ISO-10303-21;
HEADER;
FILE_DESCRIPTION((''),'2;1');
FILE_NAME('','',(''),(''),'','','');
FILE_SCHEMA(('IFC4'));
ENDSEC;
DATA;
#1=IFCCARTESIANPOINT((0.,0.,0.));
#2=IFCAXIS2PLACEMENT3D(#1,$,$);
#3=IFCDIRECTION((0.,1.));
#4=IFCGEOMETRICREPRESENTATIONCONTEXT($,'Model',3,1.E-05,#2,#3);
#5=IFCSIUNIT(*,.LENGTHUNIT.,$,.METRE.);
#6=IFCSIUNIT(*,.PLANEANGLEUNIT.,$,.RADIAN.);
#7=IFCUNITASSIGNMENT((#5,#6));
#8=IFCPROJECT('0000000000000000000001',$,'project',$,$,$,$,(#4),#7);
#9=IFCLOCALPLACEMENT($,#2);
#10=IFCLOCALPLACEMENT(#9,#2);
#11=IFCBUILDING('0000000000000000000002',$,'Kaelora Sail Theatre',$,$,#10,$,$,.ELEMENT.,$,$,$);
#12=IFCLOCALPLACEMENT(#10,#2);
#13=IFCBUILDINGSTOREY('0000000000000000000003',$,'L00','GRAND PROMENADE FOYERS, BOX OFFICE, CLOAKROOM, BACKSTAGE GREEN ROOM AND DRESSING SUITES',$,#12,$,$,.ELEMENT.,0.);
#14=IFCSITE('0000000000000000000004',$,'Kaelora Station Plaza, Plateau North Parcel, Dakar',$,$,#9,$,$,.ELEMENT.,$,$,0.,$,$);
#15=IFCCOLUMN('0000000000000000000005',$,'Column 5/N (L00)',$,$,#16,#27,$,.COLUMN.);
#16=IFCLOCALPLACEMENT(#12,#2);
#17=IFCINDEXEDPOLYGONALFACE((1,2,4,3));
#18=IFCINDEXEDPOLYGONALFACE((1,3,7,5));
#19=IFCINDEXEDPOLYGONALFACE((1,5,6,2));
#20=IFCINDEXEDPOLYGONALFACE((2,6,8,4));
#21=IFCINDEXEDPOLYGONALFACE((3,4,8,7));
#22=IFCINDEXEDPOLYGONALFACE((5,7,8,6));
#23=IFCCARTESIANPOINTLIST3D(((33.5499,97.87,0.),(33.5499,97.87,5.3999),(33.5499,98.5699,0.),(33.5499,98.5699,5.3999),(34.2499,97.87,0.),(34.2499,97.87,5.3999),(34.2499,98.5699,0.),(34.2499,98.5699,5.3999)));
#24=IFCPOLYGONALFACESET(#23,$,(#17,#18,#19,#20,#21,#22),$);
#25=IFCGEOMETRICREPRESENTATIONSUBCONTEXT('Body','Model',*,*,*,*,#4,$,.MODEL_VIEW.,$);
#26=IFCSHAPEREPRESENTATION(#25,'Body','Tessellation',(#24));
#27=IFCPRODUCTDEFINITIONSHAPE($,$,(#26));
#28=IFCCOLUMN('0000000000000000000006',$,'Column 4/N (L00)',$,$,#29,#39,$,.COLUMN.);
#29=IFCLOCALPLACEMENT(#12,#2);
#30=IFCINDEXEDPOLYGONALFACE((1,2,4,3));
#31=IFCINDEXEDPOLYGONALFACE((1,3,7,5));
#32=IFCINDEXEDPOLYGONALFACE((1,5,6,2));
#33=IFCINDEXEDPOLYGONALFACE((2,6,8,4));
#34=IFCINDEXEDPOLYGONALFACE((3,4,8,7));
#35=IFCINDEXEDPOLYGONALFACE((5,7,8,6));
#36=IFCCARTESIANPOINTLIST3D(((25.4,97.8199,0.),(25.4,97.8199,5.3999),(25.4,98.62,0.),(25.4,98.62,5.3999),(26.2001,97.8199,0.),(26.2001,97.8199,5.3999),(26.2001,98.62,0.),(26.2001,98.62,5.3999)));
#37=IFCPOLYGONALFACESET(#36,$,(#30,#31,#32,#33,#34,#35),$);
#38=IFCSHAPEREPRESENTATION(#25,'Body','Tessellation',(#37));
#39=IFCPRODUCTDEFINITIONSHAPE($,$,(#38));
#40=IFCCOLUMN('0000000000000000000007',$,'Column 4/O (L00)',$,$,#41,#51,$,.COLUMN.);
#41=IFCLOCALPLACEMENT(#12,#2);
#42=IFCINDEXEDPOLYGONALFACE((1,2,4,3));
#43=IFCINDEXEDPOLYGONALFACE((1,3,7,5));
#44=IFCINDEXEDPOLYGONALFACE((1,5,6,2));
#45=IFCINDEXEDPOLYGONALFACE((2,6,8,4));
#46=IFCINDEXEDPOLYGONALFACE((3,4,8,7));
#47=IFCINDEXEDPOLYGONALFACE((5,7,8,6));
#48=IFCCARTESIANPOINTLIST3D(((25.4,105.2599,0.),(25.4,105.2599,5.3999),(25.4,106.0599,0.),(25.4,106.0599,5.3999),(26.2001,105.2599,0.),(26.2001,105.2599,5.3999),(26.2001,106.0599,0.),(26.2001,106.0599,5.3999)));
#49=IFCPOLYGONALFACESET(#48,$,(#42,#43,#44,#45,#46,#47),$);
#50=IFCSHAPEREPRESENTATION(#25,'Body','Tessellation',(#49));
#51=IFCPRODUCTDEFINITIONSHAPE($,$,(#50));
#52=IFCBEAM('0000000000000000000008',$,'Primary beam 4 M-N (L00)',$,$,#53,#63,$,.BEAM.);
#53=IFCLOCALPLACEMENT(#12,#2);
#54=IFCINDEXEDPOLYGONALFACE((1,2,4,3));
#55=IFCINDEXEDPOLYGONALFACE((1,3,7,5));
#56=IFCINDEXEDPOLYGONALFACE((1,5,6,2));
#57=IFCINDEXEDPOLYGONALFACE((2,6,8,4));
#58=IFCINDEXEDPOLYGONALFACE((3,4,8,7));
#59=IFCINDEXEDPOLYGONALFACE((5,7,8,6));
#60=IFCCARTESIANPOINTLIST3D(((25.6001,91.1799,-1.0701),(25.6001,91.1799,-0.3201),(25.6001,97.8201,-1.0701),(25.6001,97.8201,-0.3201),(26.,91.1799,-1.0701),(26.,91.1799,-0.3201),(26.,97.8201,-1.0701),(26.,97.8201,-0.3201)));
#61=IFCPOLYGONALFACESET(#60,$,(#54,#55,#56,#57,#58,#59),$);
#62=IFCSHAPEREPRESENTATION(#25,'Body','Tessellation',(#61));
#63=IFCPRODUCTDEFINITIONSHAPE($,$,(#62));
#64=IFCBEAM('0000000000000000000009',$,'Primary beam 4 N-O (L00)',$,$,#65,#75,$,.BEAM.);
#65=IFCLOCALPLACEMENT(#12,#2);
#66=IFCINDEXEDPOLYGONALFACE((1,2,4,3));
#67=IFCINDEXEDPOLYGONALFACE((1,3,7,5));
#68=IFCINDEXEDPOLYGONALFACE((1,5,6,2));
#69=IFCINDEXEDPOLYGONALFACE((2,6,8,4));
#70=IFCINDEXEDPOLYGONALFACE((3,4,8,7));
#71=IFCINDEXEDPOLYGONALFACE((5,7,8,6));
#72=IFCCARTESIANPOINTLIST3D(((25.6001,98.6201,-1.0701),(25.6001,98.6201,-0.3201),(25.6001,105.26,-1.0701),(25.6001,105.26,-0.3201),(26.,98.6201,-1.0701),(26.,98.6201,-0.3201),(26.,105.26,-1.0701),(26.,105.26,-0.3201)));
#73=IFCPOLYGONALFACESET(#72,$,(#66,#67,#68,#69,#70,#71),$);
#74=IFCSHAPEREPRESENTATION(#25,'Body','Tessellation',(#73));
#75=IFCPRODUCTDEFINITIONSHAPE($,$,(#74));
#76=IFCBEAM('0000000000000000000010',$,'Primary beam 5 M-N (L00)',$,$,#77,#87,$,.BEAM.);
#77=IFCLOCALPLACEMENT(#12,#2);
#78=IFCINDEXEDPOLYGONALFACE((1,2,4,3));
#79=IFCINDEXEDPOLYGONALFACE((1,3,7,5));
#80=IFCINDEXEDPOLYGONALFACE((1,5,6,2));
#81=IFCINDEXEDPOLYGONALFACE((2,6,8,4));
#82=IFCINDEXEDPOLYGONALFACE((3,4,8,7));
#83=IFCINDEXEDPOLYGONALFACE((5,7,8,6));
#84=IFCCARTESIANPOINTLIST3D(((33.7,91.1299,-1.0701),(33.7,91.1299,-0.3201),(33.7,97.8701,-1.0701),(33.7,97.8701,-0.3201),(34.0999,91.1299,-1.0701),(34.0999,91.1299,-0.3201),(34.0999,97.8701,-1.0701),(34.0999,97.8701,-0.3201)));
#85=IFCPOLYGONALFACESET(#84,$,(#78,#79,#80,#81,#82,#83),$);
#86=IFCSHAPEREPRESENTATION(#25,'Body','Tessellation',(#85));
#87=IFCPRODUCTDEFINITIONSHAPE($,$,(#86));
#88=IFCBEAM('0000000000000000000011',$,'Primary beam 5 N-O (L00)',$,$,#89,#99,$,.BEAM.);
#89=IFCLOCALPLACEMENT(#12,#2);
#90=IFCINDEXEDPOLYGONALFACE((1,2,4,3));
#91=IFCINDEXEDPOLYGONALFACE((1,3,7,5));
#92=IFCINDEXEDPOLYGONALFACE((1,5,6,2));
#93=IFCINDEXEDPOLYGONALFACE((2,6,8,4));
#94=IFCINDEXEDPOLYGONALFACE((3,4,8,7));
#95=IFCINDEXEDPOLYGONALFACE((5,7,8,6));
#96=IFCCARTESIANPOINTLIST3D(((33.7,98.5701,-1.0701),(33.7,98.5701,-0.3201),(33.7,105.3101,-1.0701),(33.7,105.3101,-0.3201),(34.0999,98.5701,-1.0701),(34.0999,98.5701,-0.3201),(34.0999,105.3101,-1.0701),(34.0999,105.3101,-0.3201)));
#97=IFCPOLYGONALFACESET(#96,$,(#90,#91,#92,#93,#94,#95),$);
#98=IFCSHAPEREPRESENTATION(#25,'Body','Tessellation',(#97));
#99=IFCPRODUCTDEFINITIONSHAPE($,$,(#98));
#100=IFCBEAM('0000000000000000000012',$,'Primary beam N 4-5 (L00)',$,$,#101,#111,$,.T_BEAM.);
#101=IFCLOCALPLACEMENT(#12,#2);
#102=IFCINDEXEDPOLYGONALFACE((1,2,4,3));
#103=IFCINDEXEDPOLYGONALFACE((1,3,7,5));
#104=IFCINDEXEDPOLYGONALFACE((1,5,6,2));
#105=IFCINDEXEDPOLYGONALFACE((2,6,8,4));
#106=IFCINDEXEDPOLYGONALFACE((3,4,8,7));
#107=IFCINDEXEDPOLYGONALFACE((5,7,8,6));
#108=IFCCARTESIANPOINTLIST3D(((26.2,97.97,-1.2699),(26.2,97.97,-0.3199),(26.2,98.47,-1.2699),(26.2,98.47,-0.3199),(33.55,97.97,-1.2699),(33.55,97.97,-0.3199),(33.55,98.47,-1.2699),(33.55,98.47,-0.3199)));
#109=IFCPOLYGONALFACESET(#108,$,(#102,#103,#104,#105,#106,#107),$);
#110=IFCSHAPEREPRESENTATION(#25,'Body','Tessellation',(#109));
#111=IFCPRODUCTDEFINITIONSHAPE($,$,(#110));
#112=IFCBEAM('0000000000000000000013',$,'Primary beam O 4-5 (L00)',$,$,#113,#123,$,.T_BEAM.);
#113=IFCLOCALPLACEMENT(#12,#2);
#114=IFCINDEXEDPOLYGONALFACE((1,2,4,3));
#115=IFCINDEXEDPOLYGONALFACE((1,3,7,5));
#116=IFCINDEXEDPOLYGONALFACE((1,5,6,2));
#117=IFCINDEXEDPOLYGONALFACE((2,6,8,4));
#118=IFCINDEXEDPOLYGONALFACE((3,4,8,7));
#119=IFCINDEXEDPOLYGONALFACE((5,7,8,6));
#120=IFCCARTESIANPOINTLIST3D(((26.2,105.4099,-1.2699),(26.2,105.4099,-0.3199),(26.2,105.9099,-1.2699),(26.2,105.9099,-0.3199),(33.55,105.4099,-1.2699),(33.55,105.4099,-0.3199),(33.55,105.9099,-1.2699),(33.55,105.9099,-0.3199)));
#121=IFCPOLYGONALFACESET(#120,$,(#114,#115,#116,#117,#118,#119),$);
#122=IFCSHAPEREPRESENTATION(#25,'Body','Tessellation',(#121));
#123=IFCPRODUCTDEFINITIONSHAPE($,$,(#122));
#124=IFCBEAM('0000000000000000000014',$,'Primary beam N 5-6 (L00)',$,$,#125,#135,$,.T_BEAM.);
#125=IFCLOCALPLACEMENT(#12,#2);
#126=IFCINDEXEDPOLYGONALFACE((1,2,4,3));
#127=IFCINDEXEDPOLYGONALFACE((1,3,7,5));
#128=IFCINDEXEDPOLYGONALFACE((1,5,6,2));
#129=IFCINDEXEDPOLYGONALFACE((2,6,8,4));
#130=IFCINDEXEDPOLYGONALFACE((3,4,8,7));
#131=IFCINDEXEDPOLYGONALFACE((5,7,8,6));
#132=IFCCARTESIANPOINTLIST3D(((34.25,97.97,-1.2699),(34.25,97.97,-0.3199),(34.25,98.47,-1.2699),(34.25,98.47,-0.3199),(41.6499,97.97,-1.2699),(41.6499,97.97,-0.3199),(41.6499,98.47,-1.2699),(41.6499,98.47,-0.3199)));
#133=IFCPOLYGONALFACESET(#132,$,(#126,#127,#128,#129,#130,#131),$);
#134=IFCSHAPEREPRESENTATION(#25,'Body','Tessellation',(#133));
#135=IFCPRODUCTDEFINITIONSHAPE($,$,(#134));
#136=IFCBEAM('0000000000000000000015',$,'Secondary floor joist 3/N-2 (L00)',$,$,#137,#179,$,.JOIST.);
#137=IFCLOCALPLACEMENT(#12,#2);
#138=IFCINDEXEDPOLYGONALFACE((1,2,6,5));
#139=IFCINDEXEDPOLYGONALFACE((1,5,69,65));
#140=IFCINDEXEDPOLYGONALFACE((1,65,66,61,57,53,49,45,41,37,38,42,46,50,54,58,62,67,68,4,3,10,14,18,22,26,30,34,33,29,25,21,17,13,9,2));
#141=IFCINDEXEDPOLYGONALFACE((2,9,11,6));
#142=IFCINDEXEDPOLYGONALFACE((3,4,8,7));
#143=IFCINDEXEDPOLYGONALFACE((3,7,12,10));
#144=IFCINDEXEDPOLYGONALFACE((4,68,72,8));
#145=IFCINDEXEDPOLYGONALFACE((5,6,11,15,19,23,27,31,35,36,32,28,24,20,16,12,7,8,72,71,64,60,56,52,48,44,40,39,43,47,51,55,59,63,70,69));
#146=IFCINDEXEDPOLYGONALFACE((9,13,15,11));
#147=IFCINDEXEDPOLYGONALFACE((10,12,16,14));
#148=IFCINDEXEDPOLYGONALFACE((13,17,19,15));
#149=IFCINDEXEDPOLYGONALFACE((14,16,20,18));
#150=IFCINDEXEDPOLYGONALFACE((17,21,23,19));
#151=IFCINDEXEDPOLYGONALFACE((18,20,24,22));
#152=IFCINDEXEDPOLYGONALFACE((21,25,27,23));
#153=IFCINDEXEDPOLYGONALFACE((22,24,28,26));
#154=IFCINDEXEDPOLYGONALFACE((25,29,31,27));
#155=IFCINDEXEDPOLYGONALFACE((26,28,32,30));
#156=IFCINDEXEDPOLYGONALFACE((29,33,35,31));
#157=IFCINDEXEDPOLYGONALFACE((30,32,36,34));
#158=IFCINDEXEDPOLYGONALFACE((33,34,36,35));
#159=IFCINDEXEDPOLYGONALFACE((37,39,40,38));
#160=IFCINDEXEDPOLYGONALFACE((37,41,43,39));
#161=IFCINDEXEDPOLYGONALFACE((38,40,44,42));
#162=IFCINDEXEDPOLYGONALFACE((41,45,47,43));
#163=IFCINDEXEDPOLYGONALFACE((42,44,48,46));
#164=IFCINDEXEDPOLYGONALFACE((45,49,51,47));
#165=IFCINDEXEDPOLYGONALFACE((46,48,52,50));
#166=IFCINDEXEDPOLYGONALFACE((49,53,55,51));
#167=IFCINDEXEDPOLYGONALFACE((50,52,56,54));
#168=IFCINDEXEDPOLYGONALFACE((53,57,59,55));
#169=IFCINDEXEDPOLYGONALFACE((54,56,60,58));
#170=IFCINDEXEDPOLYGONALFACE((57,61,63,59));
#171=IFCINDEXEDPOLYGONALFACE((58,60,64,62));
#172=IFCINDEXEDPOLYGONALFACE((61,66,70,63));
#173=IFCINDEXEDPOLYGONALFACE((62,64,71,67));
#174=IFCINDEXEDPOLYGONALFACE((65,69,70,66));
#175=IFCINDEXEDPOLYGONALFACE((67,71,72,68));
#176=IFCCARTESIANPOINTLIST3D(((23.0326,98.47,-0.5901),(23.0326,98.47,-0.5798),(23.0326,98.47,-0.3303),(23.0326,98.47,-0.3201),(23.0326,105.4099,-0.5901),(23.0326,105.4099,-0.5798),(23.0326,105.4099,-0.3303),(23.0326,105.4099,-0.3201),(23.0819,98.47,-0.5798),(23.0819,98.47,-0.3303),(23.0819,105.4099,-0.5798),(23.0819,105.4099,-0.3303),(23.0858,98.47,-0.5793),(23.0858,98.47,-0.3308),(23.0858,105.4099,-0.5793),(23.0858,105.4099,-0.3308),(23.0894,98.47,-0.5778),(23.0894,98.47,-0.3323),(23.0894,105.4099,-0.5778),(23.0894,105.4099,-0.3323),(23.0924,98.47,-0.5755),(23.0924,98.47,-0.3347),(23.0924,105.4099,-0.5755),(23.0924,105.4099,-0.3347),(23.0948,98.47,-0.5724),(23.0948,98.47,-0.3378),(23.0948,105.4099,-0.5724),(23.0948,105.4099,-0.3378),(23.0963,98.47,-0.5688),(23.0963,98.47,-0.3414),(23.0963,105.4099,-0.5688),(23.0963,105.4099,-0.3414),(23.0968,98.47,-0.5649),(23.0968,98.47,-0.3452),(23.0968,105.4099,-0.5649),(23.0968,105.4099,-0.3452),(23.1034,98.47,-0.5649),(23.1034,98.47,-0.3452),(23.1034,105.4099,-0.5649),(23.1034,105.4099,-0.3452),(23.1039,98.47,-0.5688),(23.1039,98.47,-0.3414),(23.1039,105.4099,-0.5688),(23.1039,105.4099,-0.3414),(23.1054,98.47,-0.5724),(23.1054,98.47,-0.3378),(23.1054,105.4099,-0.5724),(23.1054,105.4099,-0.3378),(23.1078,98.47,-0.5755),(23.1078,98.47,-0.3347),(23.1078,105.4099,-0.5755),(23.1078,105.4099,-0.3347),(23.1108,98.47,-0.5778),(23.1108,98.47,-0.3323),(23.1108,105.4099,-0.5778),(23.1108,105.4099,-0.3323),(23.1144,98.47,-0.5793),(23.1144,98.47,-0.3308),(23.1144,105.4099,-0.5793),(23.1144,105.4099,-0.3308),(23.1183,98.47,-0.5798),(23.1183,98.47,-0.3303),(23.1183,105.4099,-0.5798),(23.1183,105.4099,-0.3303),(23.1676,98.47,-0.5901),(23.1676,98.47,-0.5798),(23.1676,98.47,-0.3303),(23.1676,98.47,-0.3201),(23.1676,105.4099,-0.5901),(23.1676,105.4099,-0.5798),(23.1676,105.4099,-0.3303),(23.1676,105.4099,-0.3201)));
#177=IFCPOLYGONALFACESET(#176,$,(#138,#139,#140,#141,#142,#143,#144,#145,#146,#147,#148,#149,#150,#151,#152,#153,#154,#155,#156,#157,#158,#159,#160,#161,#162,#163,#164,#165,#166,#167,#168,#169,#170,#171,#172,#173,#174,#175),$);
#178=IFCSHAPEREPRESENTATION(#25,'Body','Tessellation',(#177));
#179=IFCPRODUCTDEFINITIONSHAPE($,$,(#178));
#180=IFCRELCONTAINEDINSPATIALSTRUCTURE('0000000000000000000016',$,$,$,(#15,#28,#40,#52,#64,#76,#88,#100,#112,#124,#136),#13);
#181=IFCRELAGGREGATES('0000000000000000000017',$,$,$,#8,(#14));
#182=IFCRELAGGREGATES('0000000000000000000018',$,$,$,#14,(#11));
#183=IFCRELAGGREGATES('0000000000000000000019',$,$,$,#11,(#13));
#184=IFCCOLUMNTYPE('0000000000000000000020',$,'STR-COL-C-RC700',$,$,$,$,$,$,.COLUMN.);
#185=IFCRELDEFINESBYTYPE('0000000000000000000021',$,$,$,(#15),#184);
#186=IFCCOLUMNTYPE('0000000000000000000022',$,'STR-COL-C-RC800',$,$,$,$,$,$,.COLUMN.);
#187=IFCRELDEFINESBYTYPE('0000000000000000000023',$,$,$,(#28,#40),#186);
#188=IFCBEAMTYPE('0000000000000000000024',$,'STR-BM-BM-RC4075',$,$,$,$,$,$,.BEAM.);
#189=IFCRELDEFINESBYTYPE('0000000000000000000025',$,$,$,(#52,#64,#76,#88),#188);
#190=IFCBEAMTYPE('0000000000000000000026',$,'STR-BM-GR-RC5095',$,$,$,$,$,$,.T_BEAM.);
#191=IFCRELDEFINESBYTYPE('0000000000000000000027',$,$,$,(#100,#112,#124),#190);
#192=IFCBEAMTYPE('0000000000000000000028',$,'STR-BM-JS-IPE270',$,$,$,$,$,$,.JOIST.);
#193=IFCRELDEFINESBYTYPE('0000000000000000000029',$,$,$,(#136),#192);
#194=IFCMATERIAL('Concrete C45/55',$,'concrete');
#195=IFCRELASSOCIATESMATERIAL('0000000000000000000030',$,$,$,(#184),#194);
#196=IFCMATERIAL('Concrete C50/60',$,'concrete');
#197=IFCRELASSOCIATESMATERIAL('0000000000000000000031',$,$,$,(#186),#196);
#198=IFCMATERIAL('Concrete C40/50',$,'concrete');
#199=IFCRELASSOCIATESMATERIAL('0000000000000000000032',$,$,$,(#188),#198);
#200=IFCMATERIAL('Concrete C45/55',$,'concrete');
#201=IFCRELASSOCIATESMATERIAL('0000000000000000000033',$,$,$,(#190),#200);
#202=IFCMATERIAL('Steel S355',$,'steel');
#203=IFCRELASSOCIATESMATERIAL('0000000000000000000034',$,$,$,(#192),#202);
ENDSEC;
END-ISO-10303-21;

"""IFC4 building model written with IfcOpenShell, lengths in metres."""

from ifc_helpers import new_model, si_unit, direction, frame, origin, origin_2d, place, context, subcontext, project, spatial, rectangle, i_section, extrude, material, material_profile, profile_set, type_object, element, save


model = new_model("IFC4")

# Units and contexts
model_context = context("Model", 3, precision=1e-05, world=origin(), true_north=direction((0.0, 1.0)))
body_context = subcontext(model_context, "Body", "Model", "MODEL_VIEW")
ifc_project = project(units=[si_unit("LENGTHUNIT", "METRE"), si_unit("PLANEANGLEUNIT", "RADIAN")], contexts=[model_context])

# Site, building, storey
site_placement = place(None, origin())
site = spatial("IfcSite", under=ifc_project, at=site_placement, Name="Kaelora Station Plaza, Plateau North Parcel, Dakar", CompositionType="ELEMENT", RefElevation=0.0)
building_placement = place(site_placement, origin())
building = spatial("IfcBuilding", under=site, at=building_placement, Name="Kaelora Sail Theatre", CompositionType="ELEMENT")
storey_placement = place(building_placement, origin())
storey = spatial("IfcBuildingStorey", under=building, at=storey_placement, Name="L00", Description="GRAND PROMENADE FOYERS, BOX OFFICE, CLOAKROOM, BACKSTAGE GREEN ROOM AND DRESSING SUITES", CompositionType="ELEMENT", Elevation=0.0)

# Columns
ifc_material_1 = material(Name="Concrete C45/55", Category="concrete")
ifc_material_profile_1 = material_profile(ifc_material_1, rectangle(XDim=0.7, YDim=0.7, at=origin_2d()), Name="RC-COL 700x700")
ifc_profile_set_1 = profile_set([ifc_material_profile_1], Name="Concrete C45/55")
column_type_1 = type_object("IfcColumnType", Name="STR-COL-C-RC700", PredefinedType="COLUMN", material=ifc_profile_set_1)
column_placement = place(storey_placement, frame((33.8999, 98.22, 0.0), z_axis=(0.0, 0.0, 1.0), x_axis=(1.0, 0.0, 0.0)))
element("IfcColumn", 1, at=column_placement, inside=storey, type_object=column_type_1, Name="Column 5/N (L00)", PredefinedType="COLUMN", context=body_context, shape_type="SweptSolid", body=[
    extrude(rectangle(XDim=0.7, YDim=0.7, at=origin_2d()), origin(), (0.0, 0.0, 1.0), 5.3999),
])
ifc_material_2 = material(Name="Concrete C50/60", Category="concrete")
ifc_material_profile_2 = material_profile(ifc_material_2, rectangle(XDim=0.8, YDim=0.8, at=origin_2d()), Name="RC-COL 800x800")
ifc_profile_set_2 = profile_set([ifc_material_profile_2], Name="Concrete C50/60")
column_type_2 = type_object("IfcColumnType", Name="STR-COL-C-RC800", PredefinedType="COLUMN", material=ifc_profile_set_2)
for number, where, z_axis, x_axis, name in (
    (2, (25.8, 98.22, 0.0), (0.0, 0.0, 1.0), (1.0, 0.0, 0.0), "Column 4/N (L00)"),
    (3, (25.8, 105.6599, 0.0), (0.0, 0.0, 1.0), (1.0, 0.0, 0.0), "Column 4/O (L00)"),
):
    element("IfcColumn", number, at=place(storey_placement, frame(where, z_axis=z_axis, x_axis=x_axis)), inside=storey, type_object=column_type_2, Name=name, PredefinedType="COLUMN", context=body_context, shape_type="SweptSolid", body=[
        extrude(rectangle(XDim=0.8, YDim=0.8, at=origin_2d()), origin(), (0.0, 0.0, 1.0), 5.3999),
    ])

# Beams
ifc_material_3 = material(Name="Concrete C40/50", Category="concrete")
ifc_material_profile_3 = material_profile(ifc_material_3, rectangle(XDim=0.3999, YDim=0.75, at=origin_2d()), Name="RC-BM 400x750")
ifc_profile_set_3 = profile_set([ifc_material_profile_3], Name="Concrete C40/50")
beam_type_1 = type_object("IfcBeamType", Name="STR-BM-BM-RC4075", PredefinedType="BEAM", material=ifc_profile_set_3)
beam_1_placement = place(storey_placement, frame((25.8, 91.1799, -0.6951), z_axis=(0.0, 1.0, 0.0), x_axis=(-1.0, 0.0, 0.0)))
element("IfcBeam", 4, at=beam_1_placement, inside=storey, type_object=beam_type_1, Name="Primary beam 4 M-N (L00)", PredefinedType="BEAM", context=body_context, shape_type="SweptSolid", body=[
    extrude(rectangle(XDim=0.3999, YDim=0.75, at=origin_2d()), origin(), (0.0, 0.0, 1.0), 6.6401),
])
beam_2_placement = place(storey_placement, frame((25.8, 98.6201, -0.6951), z_axis=(0.0, 1.0, 0.0), x_axis=(-1.0, 0.0, 0.0)))
element("IfcBeam", 5, at=beam_2_placement, inside=storey, type_object=beam_type_1, Name="Primary beam 4 N-O (L00)", PredefinedType="BEAM", context=body_context, shape_type="SweptSolid", body=[
    extrude(rectangle(XDim=0.3999, YDim=0.75, at=origin_2d()), origin(), (0.0, 0.0, 1.0), 6.6399),
])
beam_3_placement = place(storey_placement, frame((33.8999, 91.1299, -0.6951), z_axis=(0.0, 1.0, 0.0), x_axis=(-1.0, 0.0, 0.0)))
element("IfcBeam", 6, at=beam_3_placement, inside=storey, type_object=beam_type_1, Name="Primary beam 5 M-N (L00)", PredefinedType="BEAM", context=body_context, shape_type="SweptSolid", body=[
    extrude(rectangle(XDim=0.3999, YDim=0.75, at=origin_2d()), origin(), (0.0, 0.0, 1.0), 6.7402),
])
beam_4_placement = place(storey_placement, frame((33.8999, 98.5701, -0.6951), z_axis=(0.0, 1.0, 0.0), x_axis=(-1.0, 0.0, 0.0)))
element("IfcBeam", 7, at=beam_4_placement, inside=storey, type_object=beam_type_1, Name="Primary beam 5 N-O (L00)", PredefinedType="BEAM", context=body_context, shape_type="SweptSolid", body=[
    extrude(rectangle(XDim=0.3999, YDim=0.75, at=origin_2d()), origin(), (0.0, 0.0, 1.0), 6.74),
])
ifc_material_4 = material(Name="Concrete C45/55", Category="concrete")
ifc_material_profile_4 = material_profile(ifc_material_4, rectangle(XDim=0.5, YDim=0.95, at=origin_2d()), Name="RC-GRD 500x950")
ifc_profile_set_4 = profile_set([ifc_material_profile_4], Name="Concrete C45/55")
beam_type_2 = type_object("IfcBeamType", Name="STR-BM-GR-RC5095", PredefinedType="T_BEAM", material=ifc_profile_set_4)
for number, where, z_axis, x_axis, name in (
    (8, (26.2, 98.22, -0.7949), (1.0, 0.0, 0.0), (0.0, 1.0, 0.0), "Primary beam N 4-5 (L00)"),
    (9, (26.2, 105.6599, -0.7949), (1.0, 0.0, 0.0), (0.0, 1.0, 0.0), "Primary beam O 4-5 (L00)"),
):
    element("IfcBeam", number, at=place(storey_placement, frame(where, z_axis=z_axis, x_axis=x_axis)), inside=storey, type_object=beam_type_2, Name=name, PredefinedType="T_BEAM", context=body_context, shape_type="SweptSolid", body=[
        extrude(rectangle(XDim=0.5, YDim=0.95, at=origin_2d()), origin(), (0.0, 0.0, 1.0), 7.3501),
    ])
beam_5_placement = place(storey_placement, frame((34.25, 98.22, -0.7949), z_axis=(1.0, 0.0, 0.0), x_axis=(0.0, 1.0, 0.0)))
element("IfcBeam", 10, at=beam_5_placement, inside=storey, type_object=beam_type_2, Name="Primary beam N 5-6 (L00)", PredefinedType="T_BEAM", context=body_context, shape_type="SweptSolid", body=[
    extrude(rectangle(XDim=0.5, YDim=0.95, at=origin_2d()), origin(), (0.0, 0.0, 1.0), 7.3999),
])
ifc_material_5 = material(Name="Steel S355", Category="steel")
ifc_material_profile_5 = material_profile(ifc_material_5, i_section(OverallWidth=0.135, OverallDepth=0.27, WebThickness=0.0066, FlangeThickness=0.0103, FilletRadius=0.0149, at=origin_2d()), Name="IPE 270")
ifc_profile_set_5 = profile_set([ifc_material_profile_5], Name="Steel S355")
beam_type_3 = type_object("IfcBeamType", Name="STR-BM-JS-IPE270", PredefinedType="JOIST", material=ifc_profile_set_5)
for number, where, z_axis, x_axis, name in (
    (11, (23.1001, 98.47, -0.4551), (0.0, 1.0, 0.0), (-1.0, 0.0, 0.0), "Secondary floor joist 3/N-2 (L00)"),
):
    element("IfcBeam", number, at=place(storey_placement, frame(where, z_axis=z_axis, x_axis=x_axis)), inside=storey, type_object=beam_type_3, Name=name, PredefinedType="JOIST", context=body_context, shape_type="SweptSolid", body=[
        extrude(i_section(OverallWidth=0.135, OverallDepth=0.27, WebThickness=0.0066, FlangeThickness=0.0103, FilletRadius=0.0149, at=origin_2d()), origin(), (0.0, 0.0, 1.0), 6.9399),
    ])

save(model, "model.ifc")
